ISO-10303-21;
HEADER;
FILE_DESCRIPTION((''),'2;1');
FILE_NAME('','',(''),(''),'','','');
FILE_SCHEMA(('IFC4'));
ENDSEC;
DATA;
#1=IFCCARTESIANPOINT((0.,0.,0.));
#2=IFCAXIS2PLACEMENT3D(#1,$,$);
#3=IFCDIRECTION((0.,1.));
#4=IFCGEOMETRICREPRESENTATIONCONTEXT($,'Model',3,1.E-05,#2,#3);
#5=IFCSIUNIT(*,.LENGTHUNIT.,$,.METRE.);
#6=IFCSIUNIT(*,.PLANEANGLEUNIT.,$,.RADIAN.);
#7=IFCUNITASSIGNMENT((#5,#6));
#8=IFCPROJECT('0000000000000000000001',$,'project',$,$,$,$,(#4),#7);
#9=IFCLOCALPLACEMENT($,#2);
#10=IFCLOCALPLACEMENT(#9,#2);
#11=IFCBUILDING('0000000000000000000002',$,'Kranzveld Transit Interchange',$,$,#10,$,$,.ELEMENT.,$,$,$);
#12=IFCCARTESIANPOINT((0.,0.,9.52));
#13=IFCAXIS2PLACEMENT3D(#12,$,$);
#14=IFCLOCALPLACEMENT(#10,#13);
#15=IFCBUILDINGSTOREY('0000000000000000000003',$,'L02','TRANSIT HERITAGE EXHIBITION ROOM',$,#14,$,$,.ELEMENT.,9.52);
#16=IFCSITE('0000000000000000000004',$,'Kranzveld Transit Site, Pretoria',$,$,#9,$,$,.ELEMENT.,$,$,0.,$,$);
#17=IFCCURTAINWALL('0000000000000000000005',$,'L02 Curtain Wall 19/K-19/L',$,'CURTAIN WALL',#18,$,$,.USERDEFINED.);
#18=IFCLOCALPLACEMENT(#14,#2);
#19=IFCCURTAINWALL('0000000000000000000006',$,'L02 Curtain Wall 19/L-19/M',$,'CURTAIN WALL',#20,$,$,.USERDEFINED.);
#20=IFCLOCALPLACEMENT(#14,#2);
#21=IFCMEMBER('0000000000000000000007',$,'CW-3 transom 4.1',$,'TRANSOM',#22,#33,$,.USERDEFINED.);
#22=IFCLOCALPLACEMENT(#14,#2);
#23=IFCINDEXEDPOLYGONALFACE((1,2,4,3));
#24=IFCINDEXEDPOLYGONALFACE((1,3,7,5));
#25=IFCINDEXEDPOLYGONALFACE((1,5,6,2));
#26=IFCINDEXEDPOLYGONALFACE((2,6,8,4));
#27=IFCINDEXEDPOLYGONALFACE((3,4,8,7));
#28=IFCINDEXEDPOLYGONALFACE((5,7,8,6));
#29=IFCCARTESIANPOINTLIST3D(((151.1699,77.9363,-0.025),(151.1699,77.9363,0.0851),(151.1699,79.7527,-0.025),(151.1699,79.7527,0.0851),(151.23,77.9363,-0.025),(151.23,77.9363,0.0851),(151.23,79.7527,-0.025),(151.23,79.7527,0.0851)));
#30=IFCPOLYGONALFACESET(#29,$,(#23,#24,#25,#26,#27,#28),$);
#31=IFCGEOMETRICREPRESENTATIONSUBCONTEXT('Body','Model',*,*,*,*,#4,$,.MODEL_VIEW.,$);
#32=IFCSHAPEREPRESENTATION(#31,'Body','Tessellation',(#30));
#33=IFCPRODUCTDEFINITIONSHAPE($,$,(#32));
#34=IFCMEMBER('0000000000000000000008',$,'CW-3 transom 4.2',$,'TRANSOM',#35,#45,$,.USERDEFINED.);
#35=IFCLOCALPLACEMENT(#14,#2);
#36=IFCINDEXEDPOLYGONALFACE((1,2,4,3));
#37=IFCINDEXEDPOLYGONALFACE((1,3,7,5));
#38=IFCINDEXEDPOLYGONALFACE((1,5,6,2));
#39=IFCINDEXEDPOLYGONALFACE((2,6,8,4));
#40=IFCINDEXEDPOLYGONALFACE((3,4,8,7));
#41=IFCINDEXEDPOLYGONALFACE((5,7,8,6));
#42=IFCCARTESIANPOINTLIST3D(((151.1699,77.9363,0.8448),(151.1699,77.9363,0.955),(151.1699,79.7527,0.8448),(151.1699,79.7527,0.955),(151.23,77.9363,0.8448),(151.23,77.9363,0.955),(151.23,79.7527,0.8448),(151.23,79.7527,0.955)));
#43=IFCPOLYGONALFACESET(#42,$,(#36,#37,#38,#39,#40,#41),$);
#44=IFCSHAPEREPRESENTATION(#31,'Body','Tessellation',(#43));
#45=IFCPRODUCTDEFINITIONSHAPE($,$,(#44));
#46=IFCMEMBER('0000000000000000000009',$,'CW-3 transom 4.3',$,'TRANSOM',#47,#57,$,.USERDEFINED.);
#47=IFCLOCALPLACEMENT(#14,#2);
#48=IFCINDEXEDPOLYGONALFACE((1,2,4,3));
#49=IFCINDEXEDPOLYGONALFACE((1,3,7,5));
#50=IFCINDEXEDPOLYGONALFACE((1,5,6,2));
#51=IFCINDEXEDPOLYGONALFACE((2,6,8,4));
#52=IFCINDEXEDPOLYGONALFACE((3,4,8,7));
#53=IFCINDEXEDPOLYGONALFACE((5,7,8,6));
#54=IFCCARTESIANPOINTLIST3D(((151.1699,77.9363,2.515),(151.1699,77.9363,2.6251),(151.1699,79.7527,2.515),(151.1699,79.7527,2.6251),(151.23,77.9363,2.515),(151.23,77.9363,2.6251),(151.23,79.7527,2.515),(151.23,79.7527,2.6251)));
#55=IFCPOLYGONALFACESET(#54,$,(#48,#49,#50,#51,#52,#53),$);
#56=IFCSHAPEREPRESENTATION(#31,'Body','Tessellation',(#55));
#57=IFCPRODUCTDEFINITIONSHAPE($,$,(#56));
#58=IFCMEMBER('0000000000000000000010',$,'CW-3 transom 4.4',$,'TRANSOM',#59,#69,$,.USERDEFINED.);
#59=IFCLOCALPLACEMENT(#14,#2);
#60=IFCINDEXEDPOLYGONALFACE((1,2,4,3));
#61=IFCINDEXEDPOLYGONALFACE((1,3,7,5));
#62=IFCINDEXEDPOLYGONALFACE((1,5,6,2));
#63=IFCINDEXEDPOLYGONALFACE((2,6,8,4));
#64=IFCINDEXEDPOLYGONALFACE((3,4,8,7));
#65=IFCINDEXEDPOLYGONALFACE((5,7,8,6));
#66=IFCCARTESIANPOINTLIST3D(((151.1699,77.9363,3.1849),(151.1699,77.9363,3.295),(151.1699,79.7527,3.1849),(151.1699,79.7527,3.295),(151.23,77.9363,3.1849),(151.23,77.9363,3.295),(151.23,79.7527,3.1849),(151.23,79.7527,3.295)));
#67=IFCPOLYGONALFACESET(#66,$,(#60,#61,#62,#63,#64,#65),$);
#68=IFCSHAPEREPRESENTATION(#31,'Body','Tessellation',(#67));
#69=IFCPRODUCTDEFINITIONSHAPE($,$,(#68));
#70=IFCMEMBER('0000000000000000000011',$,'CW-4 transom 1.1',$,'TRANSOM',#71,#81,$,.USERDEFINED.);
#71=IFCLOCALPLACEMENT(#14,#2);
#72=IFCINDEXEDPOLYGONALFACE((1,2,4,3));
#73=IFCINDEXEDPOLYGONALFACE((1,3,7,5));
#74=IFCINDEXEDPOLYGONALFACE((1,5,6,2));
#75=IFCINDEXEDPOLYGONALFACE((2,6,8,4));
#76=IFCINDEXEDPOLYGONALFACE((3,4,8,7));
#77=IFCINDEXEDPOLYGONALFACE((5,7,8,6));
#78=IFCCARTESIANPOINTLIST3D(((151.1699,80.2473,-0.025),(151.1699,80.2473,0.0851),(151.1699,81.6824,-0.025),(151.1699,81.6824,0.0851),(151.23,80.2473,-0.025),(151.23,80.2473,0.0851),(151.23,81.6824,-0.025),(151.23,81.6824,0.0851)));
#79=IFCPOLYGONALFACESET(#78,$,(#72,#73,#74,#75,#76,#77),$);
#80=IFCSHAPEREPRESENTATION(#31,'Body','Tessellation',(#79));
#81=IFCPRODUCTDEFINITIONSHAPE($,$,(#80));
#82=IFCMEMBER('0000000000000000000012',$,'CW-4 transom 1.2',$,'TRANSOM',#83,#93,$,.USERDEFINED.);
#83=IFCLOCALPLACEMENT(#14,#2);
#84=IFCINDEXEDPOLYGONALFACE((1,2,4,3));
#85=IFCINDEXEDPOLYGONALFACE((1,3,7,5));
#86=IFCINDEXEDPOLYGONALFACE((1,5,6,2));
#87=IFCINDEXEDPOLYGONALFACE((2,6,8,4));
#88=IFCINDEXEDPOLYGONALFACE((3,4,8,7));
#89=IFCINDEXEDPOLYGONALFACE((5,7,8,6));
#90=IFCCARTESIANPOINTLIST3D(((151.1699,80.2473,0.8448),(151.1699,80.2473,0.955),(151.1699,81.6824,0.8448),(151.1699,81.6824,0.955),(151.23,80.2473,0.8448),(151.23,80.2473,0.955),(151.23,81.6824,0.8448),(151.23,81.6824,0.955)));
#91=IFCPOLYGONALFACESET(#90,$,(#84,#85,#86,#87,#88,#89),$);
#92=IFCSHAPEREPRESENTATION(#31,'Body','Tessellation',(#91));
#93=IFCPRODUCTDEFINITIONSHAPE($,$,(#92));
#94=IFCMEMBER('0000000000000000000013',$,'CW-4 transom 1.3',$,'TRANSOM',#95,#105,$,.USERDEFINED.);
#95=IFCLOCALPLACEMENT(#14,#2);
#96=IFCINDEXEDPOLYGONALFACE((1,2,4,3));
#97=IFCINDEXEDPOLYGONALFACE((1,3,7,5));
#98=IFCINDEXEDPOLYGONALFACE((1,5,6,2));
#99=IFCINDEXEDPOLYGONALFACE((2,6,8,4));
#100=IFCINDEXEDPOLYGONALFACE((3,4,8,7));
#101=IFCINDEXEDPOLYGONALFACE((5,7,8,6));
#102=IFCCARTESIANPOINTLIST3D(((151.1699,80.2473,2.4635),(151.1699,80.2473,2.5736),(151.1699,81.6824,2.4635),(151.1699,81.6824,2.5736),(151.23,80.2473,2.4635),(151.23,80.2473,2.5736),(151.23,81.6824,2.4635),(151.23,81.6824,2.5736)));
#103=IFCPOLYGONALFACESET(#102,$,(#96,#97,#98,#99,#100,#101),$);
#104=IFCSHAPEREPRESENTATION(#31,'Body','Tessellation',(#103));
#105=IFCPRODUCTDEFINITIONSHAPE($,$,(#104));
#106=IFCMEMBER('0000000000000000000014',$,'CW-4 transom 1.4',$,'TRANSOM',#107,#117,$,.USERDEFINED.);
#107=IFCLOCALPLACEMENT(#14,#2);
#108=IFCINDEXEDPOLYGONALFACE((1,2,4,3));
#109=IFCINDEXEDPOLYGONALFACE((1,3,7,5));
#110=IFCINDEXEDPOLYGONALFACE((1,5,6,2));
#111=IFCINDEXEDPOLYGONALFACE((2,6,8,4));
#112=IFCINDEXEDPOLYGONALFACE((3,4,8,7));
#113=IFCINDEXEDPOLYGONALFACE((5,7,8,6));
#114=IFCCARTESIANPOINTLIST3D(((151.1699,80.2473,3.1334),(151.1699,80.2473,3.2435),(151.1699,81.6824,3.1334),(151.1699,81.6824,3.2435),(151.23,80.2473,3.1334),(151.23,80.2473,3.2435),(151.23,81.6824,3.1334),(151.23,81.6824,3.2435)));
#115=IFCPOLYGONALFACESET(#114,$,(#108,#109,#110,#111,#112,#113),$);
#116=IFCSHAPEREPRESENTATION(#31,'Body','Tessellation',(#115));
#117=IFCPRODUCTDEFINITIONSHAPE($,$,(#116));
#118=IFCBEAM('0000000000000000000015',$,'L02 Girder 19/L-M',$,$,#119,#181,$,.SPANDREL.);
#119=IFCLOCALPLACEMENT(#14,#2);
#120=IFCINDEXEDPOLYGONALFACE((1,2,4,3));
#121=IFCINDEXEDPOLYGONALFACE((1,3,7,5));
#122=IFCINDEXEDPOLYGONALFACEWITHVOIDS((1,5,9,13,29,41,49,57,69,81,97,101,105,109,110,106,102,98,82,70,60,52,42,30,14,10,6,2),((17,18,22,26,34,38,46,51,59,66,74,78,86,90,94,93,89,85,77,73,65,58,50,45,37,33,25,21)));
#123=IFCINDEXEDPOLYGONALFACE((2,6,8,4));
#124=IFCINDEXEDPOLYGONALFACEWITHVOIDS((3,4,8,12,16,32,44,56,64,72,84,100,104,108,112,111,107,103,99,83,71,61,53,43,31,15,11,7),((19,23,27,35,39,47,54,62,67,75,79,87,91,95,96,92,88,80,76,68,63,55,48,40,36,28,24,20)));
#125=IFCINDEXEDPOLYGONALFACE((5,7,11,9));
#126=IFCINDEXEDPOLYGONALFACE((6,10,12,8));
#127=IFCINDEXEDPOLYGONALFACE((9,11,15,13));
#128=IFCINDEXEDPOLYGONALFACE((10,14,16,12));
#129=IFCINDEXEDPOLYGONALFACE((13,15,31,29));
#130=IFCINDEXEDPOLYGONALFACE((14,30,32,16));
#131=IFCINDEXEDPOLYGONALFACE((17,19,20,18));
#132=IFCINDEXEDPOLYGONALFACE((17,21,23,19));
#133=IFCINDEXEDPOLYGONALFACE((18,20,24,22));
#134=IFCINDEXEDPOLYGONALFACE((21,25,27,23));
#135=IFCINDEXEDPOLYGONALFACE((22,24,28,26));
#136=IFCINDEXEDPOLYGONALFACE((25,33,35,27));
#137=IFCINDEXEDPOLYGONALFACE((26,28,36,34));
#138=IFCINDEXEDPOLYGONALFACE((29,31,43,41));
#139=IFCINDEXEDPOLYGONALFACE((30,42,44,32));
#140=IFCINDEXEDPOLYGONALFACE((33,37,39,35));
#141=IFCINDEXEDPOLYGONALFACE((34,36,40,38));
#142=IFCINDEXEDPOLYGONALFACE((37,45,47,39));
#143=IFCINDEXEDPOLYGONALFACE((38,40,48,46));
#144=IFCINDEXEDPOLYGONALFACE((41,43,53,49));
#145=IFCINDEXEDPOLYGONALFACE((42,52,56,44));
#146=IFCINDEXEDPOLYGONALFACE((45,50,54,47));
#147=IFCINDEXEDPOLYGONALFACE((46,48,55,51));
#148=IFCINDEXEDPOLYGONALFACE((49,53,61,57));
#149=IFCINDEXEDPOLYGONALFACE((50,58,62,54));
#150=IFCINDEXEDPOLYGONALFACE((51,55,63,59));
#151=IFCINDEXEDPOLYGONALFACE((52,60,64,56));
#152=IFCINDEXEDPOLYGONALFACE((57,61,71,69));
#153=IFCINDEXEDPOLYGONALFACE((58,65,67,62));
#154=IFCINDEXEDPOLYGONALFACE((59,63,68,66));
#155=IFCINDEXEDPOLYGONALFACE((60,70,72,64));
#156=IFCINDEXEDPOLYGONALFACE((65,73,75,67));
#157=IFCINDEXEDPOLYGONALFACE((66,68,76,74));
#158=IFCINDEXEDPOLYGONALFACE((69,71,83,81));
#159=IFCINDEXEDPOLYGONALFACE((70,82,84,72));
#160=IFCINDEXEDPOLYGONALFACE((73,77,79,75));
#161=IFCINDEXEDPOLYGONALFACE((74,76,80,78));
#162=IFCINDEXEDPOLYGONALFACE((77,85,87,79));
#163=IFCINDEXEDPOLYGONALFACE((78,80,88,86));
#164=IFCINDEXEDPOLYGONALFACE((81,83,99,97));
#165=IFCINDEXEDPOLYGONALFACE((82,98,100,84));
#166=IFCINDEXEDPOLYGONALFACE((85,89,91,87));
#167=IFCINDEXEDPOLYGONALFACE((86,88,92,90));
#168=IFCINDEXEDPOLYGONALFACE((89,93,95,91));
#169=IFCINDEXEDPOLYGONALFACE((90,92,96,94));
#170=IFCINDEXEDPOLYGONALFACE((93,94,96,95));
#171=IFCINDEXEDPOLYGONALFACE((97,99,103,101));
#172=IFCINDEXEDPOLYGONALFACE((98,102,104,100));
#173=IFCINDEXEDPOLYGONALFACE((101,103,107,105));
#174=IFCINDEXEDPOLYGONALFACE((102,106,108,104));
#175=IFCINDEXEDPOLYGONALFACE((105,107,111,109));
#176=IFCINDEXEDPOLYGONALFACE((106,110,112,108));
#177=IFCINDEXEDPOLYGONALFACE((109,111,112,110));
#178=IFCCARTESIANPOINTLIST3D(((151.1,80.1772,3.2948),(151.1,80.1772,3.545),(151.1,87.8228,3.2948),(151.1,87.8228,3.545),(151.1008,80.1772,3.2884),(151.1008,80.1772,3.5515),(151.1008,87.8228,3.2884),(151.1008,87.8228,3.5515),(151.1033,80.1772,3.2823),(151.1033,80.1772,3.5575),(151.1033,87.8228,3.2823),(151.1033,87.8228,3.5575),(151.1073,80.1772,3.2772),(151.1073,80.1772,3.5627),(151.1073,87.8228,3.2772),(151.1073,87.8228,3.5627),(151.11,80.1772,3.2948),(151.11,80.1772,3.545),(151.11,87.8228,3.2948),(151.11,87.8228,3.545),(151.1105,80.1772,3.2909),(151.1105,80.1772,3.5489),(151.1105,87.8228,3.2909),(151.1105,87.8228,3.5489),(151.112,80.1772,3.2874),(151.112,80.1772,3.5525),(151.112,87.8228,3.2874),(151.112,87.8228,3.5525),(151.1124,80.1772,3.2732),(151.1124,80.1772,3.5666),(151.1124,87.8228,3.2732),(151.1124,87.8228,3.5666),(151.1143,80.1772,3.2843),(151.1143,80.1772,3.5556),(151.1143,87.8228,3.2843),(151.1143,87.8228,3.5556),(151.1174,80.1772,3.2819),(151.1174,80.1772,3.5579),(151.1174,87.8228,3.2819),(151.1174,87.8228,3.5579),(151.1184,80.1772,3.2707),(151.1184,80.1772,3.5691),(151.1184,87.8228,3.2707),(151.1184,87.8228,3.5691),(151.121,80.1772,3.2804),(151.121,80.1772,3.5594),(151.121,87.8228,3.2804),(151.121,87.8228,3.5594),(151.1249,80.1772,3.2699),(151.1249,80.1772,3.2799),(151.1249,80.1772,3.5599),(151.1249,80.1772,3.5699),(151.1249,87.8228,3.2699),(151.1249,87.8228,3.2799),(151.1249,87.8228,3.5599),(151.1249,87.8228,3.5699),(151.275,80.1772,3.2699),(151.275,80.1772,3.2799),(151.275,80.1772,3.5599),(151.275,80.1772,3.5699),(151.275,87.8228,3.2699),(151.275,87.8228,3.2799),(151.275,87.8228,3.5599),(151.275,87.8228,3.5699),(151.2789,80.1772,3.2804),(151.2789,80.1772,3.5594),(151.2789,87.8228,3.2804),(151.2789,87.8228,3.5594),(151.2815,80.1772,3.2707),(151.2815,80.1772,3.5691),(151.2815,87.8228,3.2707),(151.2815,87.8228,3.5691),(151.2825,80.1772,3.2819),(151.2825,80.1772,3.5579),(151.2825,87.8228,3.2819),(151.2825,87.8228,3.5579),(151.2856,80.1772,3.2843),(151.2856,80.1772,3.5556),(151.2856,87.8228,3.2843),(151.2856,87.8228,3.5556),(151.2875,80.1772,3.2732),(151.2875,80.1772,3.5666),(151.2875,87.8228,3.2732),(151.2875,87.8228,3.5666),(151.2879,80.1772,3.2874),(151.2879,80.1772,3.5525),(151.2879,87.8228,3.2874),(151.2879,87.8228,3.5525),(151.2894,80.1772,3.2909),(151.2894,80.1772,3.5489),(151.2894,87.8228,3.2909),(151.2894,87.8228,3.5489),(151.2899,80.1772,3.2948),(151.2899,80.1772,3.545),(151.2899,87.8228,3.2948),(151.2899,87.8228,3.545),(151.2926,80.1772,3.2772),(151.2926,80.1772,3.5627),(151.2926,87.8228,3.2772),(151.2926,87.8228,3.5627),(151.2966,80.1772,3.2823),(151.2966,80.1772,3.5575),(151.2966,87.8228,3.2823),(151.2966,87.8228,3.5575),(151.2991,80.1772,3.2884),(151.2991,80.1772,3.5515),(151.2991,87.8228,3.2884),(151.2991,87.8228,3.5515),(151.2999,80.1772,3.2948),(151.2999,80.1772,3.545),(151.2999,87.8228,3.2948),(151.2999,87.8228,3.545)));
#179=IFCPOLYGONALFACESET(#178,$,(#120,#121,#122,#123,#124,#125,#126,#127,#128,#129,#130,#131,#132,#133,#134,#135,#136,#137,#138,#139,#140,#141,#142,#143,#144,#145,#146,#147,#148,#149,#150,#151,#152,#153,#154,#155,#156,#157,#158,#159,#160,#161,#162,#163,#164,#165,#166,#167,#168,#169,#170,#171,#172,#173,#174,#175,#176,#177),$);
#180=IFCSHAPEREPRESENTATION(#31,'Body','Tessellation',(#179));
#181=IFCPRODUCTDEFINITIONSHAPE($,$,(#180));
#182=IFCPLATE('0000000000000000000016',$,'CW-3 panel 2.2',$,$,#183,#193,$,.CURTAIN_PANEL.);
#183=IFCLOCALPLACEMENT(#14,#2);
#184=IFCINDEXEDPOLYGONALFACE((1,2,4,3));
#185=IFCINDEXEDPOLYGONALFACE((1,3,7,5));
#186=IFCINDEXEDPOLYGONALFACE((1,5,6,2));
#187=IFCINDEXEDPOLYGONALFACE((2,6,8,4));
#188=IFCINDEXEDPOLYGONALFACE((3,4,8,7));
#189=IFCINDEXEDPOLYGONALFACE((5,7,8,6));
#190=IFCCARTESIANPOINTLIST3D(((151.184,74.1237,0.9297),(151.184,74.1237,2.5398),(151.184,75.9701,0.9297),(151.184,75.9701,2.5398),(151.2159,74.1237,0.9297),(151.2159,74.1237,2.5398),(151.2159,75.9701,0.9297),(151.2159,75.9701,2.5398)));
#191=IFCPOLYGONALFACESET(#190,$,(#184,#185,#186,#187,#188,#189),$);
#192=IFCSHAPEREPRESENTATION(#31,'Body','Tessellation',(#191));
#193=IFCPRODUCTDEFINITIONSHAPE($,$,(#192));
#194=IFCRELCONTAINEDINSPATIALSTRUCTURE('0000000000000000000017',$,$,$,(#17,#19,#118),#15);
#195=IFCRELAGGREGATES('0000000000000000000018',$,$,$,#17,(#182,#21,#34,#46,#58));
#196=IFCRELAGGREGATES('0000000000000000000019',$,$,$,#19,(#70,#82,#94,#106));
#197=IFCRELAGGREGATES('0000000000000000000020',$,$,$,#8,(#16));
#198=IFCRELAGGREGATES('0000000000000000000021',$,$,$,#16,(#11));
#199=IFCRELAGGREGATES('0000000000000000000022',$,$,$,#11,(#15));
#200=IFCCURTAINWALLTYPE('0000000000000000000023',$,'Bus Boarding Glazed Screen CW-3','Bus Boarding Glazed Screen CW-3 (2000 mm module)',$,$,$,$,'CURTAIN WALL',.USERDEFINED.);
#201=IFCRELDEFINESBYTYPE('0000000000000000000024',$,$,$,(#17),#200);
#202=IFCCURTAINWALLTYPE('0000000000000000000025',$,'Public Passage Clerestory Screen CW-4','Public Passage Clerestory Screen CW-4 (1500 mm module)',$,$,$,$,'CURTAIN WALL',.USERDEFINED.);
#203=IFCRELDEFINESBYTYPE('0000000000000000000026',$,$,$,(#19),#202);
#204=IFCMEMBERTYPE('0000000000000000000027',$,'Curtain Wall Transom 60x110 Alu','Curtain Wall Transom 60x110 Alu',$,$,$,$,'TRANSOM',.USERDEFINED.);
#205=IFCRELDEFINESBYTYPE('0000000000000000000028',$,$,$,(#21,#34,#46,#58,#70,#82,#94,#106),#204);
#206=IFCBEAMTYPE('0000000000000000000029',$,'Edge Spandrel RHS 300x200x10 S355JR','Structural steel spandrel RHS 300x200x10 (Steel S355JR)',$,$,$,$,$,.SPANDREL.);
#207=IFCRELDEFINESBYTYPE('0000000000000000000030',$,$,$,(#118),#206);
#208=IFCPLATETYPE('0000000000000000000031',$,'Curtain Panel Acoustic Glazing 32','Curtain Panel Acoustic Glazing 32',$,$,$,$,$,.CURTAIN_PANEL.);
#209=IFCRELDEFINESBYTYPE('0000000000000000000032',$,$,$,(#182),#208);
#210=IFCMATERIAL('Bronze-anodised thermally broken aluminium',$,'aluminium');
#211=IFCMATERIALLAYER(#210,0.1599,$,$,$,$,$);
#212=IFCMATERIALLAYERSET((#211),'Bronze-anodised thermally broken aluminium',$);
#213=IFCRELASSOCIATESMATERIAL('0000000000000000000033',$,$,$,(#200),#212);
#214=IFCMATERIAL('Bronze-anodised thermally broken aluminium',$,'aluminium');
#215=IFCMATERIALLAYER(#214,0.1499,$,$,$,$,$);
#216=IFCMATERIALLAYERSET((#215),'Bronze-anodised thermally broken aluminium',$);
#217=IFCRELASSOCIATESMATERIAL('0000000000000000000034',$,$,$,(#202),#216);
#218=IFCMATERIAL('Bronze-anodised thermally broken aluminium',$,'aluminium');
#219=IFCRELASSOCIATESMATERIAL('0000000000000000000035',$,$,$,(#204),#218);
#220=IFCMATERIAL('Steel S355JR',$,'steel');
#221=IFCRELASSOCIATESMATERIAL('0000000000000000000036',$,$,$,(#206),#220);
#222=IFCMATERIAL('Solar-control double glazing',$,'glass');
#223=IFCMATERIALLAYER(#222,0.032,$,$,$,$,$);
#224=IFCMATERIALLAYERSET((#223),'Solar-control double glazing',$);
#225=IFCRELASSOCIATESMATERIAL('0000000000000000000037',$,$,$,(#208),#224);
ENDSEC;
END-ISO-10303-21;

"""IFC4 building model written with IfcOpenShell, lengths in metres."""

from ifc_helpers import new_model, si_unit, direction, frame, origin, origin_2d, place, context, subcontext, project, spatial, rectangle, hollow_rectangle, extrude, material, layer, layer_set, material_profile, profile_set, type_object, element, aggregate, save


model = new_model("IFC4")

# Units and contexts
model_context = context("Model", 3, precision=1e-05, world=origin(), true_north=direction((0.0, 1.0)))
body_context = subcontext(model_context, "Body", "Model", "MODEL_VIEW")
ifc_project = project(units=[si_unit("LENGTHUNIT", "METRE"), si_unit("PLANEANGLEUNIT", "RADIAN")], contexts=[model_context])

# Site, building, storey
site_placement = place(None, origin())
site = spatial("IfcSite", under=ifc_project, at=site_placement, Name="Kranzveld Transit Site, Pretoria", CompositionType="ELEMENT", RefElevation=0.0)
building_placement = place(site_placement, origin())
building = spatial("IfcBuilding", under=site, at=building_placement, Name="Kranzveld Transit Interchange", CompositionType="ELEMENT")
storey_placement = place(building_placement, frame((0.0, 0.0, 9.52)))
storey = spatial("IfcBuildingStorey", under=building, at=storey_placement, Name="L02", Description="TRANSIT HERITAGE EXHIBITION ROOM", CompositionType="ELEMENT", Elevation=9.52)

# Curtain wall
ifc_material_1 = material(Name="Bronze-anodised thermally broken aluminium", Category="aluminium")
ifc_layer_1 = layer(ifc_material_1, 0.1599)
ifc_layer_set_1 = layer_set([ifc_layer_1], Name="Bronze-anodised thermally broken aluminium")
curtain_wall_type_1 = type_object("IfcCurtainWallType", Name="Bus Boarding Glazed Screen CW-3", Description="Bus Boarding Glazed Screen CW-3 (2000 mm module)", ElementType="CURTAIN WALL", PredefinedType="USERDEFINED", material=ifc_layer_set_1)
curtain_wall_1_placement = place(storey_placement, origin())
curtain_wall_1 = element("IfcCurtainWall", 1, at=curtain_wall_1_placement, inside=storey, type_object=curtain_wall_type_1, Name="L02 Curtain Wall 19/K-19/L", ObjectType="CURTAIN WALL", PredefinedType="USERDEFINED")

# Curtain wall
ifc_material_2 = material(Name="Bronze-anodised thermally broken aluminium", Category="aluminium")
ifc_layer_2 = layer(ifc_material_2, 0.1499)
ifc_layer_set_2 = layer_set([ifc_layer_2], Name="Bronze-anodised thermally broken aluminium")
curtain_wall_type_2 = type_object("IfcCurtainWallType", Name="Public Passage Clerestory Screen CW-4", Description="Public Passage Clerestory Screen CW-4 (1500 mm module)", ElementType="CURTAIN WALL", PredefinedType="USERDEFINED", material=ifc_layer_set_2)
curtain_wall_2_placement = place(storey_placement, origin())
curtain_wall_2 = element("IfcCurtainWall", 2, at=curtain_wall_2_placement, inside=storey, type_object=curtain_wall_type_2, Name="L02 Curtain Wall 19/L-19/M", ObjectType="CURTAIN WALL", PredefinedType="USERDEFINED")

# Members
ifc_material_3 = material(Name="Bronze-anodised thermally broken aluminium", Category="aluminium")
ifc_material_profile_1 = material_profile(ifc_material_3, rectangle(XDim=0.0601, YDim=0.1101, at=origin_2d()), Name="ALU TRANSOM 60x110")
ifc_profile_set_1 = profile_set([ifc_material_profile_1], Name="Bronze-anodised thermally broken aluminium")
member_type_1 = type_object("IfcMemberType", Name="Curtain Wall Transom 60x110 Alu", Description="Curtain Wall Transom 60x110 Alu", ElementType="TRANSOM", PredefinedType="USERDEFINED", material=ifc_profile_set_1)
member_1_placement = place(storey_placement, frame((151.2, 77.9363, 0.03), z_axis=(0.0, 1.0, 0.0), x_axis=(-1.0, 0.0, 0.0)))
member_1 = element("IfcMember", 3, at=member_1_placement, type_object=member_type_1, Name="CW-3 transom 4.1", ObjectType="TRANSOM", PredefinedType="USERDEFINED", context=body_context, shape_type="SweptSolid", body=[
    extrude(rectangle(XDim=0.0601, YDim=0.1101, at=origin_2d()), origin(), (0.0, 0.0, 1.0), 1.8164),
])
member_2_placement = place(storey_placement, frame((151.2, 77.9363, 0.8999), z_axis=(0.0, 1.0, 0.0), x_axis=(-1.0, 0.0, 0.0)))
member_2 = element("IfcMember", 4, at=member_2_placement, type_object=member_type_1, Name="CW-3 transom 4.2", ObjectType="TRANSOM", PredefinedType="USERDEFINED", context=body_context, shape_type="SweptSolid", body=[
    extrude(rectangle(XDim=0.0601, YDim=0.1101, at=origin_2d()), origin(), (0.0, 0.0, 1.0), 1.8164),
])
member_3_placement = place(storey_placement, frame((151.2, 77.9363, 2.5701), z_axis=(0.0, 1.0, 0.0), x_axis=(-1.0, 0.0, 0.0)))
member_3 = element("IfcMember", 5, at=member_3_placement, type_object=member_type_1, Name="CW-3 transom 4.3", ObjectType="TRANSOM", PredefinedType="USERDEFINED", context=body_context, shape_type="SweptSolid", body=[
    extrude(rectangle(XDim=0.0601, YDim=0.1101, at=origin_2d()), origin(), (0.0, 0.0, 1.0), 1.8164),
])
member_4_placement = place(storey_placement, frame((151.2, 77.9363, 3.24), z_axis=(0.0, 1.0, 0.0), x_axis=(-1.0, 0.0, 0.0)))
member_4 = element("IfcMember", 6, at=member_4_placement, type_object=member_type_1, Name="CW-3 transom 4.4", ObjectType="TRANSOM", PredefinedType="USERDEFINED", context=body_context, shape_type="SweptSolid", body=[
    extrude(rectangle(XDim=0.0601, YDim=0.1101, at=origin_2d()), origin(), (0.0, 0.0, 1.0), 1.8164),
])
member_5_placement = place(storey_placement, frame((151.2, 80.2473, 0.03), z_axis=(0.0, 1.0, 0.0), x_axis=(-1.0, 0.0, 0.0)))
member_5 = element("IfcMember", 7, at=member_5_placement, type_object=member_type_1, Name="CW-4 transom 1.1", ObjectType="TRANSOM", PredefinedType="USERDEFINED", context=body_context, shape_type="SweptSolid", body=[
    extrude(rectangle(XDim=0.0601, YDim=0.1101, at=origin_2d()), origin(), (0.0, 0.0, 1.0), 1.4351),
])
member_6_placement = place(storey_placement, frame((151.2, 80.2473, 0.8999), z_axis=(0.0, 1.0, 0.0), x_axis=(-1.0, 0.0, 0.0)))
member_6 = element("IfcMember", 8, at=member_6_placement, type_object=member_type_1, Name="CW-4 transom 1.2", ObjectType="TRANSOM", PredefinedType="USERDEFINED", context=body_context, shape_type="SweptSolid", body=[
    extrude(rectangle(XDim=0.0601, YDim=0.1101, at=origin_2d()), origin(), (0.0, 0.0, 1.0), 1.4351),
])
member_7_placement = place(storey_placement, frame((151.2, 80.2473, 2.5186), z_axis=(0.0, 1.0, 0.0), x_axis=(-1.0, 0.0, 0.0)))
member_7 = element("IfcMember", 9, at=member_7_placement, type_object=member_type_1, Name="CW-4 transom 1.3", ObjectType="TRANSOM", PredefinedType="USERDEFINED", context=body_context, shape_type="SweptSolid", body=[
    extrude(rectangle(XDim=0.0601, YDim=0.1101, at=origin_2d()), origin(), (0.0, 0.0, 1.0), 1.4351),
])
member_8_placement = place(storey_placement, frame((151.2, 80.2473, 3.1885), z_axis=(0.0, 1.0, 0.0), x_axis=(-1.0, 0.0, 0.0)))
member_8 = element("IfcMember", 10, at=member_8_placement, type_object=member_type_1, Name="CW-4 transom 1.4", ObjectType="TRANSOM", PredefinedType="USERDEFINED", context=body_context, shape_type="SweptSolid", body=[
    extrude(rectangle(XDim=0.0601, YDim=0.1101, at=origin_2d()), origin(), (0.0, 0.0, 1.0), 1.4351),
])

# Beam
ifc_material_4 = material(Name="Steel S355JR", Category="steel")
ifc_material_profile_2 = material_profile(ifc_material_4, hollow_rectangle(XDim=0.2, YDim=0.3, WallThickness=0.01, InnerFilletRadius=0.0149, OuterFilletRadius=0.0249, at=origin_2d()), Name="RHS 300x200x10")
ifc_profile_set_2 = profile_set([ifc_material_profile_2], Name="Steel S355JR")
beam_type = type_object("IfcBeamType", Name="Edge Spandrel RHS 300x200x10 S355JR", Description="Structural steel spandrel RHS 300x200x10 (Steel S355JR)", PredefinedType="SPANDREL", material=ifc_profile_set_2)
beam_placement = place(storey_placement, frame((151.2, 80.1772, 3.4199), z_axis=(0.0, 1.0, 0.0), x_axis=(-1.0, 0.0, 0.0)))
element("IfcBeam", 11, at=beam_placement, inside=storey, type_object=beam_type, Name="L02 Girder 19/L-M", PredefinedType="SPANDREL", context=body_context, shape_type="SweptSolid", body=[
    extrude(hollow_rectangle(XDim=0.2, YDim=0.3, WallThickness=0.01, InnerFilletRadius=0.0149, OuterFilletRadius=0.0249, at=origin_2d()), origin(), (0.0, 0.0, 1.0), 7.6455),
])

# Plate
ifc_material_5 = material(Name="Solar-control double glazing", Category="glass")
ifc_layer_3 = layer(ifc_material_5, 0.032)
ifc_layer_set_3 = layer_set([ifc_layer_3], Name="Solar-control double glazing")
plate_type_1 = type_object("IfcPlateType", Name="Curtain Panel Acoustic Glazing 32", Description="Curtain Panel Acoustic Glazing 32", PredefinedType="CURTAIN_PANEL", material=ifc_layer_set_3)
plate_1_placement = place(storey_placement, frame((151.2, 75.0469, 0.9297), z_axis=(0.0, 0.0, 1.0), x_axis=(0.0, 1.0, 0.0)))
plate_1 = element("IfcPlate", 12, at=plate_1_placement, type_object=plate_type_1, Name="CW-3 panel 2.2", PredefinedType="CURTAIN_PANEL", context=body_context, shape_type="SweptSolid", body=[
    extrude(rectangle(XDim=1.8464, YDim=0.032, at=origin_2d()), origin(), (0.0, 0.0, 1.0), 1.6101),
])
aggregate(curtain_wall_1, [plate_1, member_1, member_2, member_3, member_4])
aggregate(curtain_wall_2, [member_5, member_6, member_7, member_8])

save(model, "model.ifc")
